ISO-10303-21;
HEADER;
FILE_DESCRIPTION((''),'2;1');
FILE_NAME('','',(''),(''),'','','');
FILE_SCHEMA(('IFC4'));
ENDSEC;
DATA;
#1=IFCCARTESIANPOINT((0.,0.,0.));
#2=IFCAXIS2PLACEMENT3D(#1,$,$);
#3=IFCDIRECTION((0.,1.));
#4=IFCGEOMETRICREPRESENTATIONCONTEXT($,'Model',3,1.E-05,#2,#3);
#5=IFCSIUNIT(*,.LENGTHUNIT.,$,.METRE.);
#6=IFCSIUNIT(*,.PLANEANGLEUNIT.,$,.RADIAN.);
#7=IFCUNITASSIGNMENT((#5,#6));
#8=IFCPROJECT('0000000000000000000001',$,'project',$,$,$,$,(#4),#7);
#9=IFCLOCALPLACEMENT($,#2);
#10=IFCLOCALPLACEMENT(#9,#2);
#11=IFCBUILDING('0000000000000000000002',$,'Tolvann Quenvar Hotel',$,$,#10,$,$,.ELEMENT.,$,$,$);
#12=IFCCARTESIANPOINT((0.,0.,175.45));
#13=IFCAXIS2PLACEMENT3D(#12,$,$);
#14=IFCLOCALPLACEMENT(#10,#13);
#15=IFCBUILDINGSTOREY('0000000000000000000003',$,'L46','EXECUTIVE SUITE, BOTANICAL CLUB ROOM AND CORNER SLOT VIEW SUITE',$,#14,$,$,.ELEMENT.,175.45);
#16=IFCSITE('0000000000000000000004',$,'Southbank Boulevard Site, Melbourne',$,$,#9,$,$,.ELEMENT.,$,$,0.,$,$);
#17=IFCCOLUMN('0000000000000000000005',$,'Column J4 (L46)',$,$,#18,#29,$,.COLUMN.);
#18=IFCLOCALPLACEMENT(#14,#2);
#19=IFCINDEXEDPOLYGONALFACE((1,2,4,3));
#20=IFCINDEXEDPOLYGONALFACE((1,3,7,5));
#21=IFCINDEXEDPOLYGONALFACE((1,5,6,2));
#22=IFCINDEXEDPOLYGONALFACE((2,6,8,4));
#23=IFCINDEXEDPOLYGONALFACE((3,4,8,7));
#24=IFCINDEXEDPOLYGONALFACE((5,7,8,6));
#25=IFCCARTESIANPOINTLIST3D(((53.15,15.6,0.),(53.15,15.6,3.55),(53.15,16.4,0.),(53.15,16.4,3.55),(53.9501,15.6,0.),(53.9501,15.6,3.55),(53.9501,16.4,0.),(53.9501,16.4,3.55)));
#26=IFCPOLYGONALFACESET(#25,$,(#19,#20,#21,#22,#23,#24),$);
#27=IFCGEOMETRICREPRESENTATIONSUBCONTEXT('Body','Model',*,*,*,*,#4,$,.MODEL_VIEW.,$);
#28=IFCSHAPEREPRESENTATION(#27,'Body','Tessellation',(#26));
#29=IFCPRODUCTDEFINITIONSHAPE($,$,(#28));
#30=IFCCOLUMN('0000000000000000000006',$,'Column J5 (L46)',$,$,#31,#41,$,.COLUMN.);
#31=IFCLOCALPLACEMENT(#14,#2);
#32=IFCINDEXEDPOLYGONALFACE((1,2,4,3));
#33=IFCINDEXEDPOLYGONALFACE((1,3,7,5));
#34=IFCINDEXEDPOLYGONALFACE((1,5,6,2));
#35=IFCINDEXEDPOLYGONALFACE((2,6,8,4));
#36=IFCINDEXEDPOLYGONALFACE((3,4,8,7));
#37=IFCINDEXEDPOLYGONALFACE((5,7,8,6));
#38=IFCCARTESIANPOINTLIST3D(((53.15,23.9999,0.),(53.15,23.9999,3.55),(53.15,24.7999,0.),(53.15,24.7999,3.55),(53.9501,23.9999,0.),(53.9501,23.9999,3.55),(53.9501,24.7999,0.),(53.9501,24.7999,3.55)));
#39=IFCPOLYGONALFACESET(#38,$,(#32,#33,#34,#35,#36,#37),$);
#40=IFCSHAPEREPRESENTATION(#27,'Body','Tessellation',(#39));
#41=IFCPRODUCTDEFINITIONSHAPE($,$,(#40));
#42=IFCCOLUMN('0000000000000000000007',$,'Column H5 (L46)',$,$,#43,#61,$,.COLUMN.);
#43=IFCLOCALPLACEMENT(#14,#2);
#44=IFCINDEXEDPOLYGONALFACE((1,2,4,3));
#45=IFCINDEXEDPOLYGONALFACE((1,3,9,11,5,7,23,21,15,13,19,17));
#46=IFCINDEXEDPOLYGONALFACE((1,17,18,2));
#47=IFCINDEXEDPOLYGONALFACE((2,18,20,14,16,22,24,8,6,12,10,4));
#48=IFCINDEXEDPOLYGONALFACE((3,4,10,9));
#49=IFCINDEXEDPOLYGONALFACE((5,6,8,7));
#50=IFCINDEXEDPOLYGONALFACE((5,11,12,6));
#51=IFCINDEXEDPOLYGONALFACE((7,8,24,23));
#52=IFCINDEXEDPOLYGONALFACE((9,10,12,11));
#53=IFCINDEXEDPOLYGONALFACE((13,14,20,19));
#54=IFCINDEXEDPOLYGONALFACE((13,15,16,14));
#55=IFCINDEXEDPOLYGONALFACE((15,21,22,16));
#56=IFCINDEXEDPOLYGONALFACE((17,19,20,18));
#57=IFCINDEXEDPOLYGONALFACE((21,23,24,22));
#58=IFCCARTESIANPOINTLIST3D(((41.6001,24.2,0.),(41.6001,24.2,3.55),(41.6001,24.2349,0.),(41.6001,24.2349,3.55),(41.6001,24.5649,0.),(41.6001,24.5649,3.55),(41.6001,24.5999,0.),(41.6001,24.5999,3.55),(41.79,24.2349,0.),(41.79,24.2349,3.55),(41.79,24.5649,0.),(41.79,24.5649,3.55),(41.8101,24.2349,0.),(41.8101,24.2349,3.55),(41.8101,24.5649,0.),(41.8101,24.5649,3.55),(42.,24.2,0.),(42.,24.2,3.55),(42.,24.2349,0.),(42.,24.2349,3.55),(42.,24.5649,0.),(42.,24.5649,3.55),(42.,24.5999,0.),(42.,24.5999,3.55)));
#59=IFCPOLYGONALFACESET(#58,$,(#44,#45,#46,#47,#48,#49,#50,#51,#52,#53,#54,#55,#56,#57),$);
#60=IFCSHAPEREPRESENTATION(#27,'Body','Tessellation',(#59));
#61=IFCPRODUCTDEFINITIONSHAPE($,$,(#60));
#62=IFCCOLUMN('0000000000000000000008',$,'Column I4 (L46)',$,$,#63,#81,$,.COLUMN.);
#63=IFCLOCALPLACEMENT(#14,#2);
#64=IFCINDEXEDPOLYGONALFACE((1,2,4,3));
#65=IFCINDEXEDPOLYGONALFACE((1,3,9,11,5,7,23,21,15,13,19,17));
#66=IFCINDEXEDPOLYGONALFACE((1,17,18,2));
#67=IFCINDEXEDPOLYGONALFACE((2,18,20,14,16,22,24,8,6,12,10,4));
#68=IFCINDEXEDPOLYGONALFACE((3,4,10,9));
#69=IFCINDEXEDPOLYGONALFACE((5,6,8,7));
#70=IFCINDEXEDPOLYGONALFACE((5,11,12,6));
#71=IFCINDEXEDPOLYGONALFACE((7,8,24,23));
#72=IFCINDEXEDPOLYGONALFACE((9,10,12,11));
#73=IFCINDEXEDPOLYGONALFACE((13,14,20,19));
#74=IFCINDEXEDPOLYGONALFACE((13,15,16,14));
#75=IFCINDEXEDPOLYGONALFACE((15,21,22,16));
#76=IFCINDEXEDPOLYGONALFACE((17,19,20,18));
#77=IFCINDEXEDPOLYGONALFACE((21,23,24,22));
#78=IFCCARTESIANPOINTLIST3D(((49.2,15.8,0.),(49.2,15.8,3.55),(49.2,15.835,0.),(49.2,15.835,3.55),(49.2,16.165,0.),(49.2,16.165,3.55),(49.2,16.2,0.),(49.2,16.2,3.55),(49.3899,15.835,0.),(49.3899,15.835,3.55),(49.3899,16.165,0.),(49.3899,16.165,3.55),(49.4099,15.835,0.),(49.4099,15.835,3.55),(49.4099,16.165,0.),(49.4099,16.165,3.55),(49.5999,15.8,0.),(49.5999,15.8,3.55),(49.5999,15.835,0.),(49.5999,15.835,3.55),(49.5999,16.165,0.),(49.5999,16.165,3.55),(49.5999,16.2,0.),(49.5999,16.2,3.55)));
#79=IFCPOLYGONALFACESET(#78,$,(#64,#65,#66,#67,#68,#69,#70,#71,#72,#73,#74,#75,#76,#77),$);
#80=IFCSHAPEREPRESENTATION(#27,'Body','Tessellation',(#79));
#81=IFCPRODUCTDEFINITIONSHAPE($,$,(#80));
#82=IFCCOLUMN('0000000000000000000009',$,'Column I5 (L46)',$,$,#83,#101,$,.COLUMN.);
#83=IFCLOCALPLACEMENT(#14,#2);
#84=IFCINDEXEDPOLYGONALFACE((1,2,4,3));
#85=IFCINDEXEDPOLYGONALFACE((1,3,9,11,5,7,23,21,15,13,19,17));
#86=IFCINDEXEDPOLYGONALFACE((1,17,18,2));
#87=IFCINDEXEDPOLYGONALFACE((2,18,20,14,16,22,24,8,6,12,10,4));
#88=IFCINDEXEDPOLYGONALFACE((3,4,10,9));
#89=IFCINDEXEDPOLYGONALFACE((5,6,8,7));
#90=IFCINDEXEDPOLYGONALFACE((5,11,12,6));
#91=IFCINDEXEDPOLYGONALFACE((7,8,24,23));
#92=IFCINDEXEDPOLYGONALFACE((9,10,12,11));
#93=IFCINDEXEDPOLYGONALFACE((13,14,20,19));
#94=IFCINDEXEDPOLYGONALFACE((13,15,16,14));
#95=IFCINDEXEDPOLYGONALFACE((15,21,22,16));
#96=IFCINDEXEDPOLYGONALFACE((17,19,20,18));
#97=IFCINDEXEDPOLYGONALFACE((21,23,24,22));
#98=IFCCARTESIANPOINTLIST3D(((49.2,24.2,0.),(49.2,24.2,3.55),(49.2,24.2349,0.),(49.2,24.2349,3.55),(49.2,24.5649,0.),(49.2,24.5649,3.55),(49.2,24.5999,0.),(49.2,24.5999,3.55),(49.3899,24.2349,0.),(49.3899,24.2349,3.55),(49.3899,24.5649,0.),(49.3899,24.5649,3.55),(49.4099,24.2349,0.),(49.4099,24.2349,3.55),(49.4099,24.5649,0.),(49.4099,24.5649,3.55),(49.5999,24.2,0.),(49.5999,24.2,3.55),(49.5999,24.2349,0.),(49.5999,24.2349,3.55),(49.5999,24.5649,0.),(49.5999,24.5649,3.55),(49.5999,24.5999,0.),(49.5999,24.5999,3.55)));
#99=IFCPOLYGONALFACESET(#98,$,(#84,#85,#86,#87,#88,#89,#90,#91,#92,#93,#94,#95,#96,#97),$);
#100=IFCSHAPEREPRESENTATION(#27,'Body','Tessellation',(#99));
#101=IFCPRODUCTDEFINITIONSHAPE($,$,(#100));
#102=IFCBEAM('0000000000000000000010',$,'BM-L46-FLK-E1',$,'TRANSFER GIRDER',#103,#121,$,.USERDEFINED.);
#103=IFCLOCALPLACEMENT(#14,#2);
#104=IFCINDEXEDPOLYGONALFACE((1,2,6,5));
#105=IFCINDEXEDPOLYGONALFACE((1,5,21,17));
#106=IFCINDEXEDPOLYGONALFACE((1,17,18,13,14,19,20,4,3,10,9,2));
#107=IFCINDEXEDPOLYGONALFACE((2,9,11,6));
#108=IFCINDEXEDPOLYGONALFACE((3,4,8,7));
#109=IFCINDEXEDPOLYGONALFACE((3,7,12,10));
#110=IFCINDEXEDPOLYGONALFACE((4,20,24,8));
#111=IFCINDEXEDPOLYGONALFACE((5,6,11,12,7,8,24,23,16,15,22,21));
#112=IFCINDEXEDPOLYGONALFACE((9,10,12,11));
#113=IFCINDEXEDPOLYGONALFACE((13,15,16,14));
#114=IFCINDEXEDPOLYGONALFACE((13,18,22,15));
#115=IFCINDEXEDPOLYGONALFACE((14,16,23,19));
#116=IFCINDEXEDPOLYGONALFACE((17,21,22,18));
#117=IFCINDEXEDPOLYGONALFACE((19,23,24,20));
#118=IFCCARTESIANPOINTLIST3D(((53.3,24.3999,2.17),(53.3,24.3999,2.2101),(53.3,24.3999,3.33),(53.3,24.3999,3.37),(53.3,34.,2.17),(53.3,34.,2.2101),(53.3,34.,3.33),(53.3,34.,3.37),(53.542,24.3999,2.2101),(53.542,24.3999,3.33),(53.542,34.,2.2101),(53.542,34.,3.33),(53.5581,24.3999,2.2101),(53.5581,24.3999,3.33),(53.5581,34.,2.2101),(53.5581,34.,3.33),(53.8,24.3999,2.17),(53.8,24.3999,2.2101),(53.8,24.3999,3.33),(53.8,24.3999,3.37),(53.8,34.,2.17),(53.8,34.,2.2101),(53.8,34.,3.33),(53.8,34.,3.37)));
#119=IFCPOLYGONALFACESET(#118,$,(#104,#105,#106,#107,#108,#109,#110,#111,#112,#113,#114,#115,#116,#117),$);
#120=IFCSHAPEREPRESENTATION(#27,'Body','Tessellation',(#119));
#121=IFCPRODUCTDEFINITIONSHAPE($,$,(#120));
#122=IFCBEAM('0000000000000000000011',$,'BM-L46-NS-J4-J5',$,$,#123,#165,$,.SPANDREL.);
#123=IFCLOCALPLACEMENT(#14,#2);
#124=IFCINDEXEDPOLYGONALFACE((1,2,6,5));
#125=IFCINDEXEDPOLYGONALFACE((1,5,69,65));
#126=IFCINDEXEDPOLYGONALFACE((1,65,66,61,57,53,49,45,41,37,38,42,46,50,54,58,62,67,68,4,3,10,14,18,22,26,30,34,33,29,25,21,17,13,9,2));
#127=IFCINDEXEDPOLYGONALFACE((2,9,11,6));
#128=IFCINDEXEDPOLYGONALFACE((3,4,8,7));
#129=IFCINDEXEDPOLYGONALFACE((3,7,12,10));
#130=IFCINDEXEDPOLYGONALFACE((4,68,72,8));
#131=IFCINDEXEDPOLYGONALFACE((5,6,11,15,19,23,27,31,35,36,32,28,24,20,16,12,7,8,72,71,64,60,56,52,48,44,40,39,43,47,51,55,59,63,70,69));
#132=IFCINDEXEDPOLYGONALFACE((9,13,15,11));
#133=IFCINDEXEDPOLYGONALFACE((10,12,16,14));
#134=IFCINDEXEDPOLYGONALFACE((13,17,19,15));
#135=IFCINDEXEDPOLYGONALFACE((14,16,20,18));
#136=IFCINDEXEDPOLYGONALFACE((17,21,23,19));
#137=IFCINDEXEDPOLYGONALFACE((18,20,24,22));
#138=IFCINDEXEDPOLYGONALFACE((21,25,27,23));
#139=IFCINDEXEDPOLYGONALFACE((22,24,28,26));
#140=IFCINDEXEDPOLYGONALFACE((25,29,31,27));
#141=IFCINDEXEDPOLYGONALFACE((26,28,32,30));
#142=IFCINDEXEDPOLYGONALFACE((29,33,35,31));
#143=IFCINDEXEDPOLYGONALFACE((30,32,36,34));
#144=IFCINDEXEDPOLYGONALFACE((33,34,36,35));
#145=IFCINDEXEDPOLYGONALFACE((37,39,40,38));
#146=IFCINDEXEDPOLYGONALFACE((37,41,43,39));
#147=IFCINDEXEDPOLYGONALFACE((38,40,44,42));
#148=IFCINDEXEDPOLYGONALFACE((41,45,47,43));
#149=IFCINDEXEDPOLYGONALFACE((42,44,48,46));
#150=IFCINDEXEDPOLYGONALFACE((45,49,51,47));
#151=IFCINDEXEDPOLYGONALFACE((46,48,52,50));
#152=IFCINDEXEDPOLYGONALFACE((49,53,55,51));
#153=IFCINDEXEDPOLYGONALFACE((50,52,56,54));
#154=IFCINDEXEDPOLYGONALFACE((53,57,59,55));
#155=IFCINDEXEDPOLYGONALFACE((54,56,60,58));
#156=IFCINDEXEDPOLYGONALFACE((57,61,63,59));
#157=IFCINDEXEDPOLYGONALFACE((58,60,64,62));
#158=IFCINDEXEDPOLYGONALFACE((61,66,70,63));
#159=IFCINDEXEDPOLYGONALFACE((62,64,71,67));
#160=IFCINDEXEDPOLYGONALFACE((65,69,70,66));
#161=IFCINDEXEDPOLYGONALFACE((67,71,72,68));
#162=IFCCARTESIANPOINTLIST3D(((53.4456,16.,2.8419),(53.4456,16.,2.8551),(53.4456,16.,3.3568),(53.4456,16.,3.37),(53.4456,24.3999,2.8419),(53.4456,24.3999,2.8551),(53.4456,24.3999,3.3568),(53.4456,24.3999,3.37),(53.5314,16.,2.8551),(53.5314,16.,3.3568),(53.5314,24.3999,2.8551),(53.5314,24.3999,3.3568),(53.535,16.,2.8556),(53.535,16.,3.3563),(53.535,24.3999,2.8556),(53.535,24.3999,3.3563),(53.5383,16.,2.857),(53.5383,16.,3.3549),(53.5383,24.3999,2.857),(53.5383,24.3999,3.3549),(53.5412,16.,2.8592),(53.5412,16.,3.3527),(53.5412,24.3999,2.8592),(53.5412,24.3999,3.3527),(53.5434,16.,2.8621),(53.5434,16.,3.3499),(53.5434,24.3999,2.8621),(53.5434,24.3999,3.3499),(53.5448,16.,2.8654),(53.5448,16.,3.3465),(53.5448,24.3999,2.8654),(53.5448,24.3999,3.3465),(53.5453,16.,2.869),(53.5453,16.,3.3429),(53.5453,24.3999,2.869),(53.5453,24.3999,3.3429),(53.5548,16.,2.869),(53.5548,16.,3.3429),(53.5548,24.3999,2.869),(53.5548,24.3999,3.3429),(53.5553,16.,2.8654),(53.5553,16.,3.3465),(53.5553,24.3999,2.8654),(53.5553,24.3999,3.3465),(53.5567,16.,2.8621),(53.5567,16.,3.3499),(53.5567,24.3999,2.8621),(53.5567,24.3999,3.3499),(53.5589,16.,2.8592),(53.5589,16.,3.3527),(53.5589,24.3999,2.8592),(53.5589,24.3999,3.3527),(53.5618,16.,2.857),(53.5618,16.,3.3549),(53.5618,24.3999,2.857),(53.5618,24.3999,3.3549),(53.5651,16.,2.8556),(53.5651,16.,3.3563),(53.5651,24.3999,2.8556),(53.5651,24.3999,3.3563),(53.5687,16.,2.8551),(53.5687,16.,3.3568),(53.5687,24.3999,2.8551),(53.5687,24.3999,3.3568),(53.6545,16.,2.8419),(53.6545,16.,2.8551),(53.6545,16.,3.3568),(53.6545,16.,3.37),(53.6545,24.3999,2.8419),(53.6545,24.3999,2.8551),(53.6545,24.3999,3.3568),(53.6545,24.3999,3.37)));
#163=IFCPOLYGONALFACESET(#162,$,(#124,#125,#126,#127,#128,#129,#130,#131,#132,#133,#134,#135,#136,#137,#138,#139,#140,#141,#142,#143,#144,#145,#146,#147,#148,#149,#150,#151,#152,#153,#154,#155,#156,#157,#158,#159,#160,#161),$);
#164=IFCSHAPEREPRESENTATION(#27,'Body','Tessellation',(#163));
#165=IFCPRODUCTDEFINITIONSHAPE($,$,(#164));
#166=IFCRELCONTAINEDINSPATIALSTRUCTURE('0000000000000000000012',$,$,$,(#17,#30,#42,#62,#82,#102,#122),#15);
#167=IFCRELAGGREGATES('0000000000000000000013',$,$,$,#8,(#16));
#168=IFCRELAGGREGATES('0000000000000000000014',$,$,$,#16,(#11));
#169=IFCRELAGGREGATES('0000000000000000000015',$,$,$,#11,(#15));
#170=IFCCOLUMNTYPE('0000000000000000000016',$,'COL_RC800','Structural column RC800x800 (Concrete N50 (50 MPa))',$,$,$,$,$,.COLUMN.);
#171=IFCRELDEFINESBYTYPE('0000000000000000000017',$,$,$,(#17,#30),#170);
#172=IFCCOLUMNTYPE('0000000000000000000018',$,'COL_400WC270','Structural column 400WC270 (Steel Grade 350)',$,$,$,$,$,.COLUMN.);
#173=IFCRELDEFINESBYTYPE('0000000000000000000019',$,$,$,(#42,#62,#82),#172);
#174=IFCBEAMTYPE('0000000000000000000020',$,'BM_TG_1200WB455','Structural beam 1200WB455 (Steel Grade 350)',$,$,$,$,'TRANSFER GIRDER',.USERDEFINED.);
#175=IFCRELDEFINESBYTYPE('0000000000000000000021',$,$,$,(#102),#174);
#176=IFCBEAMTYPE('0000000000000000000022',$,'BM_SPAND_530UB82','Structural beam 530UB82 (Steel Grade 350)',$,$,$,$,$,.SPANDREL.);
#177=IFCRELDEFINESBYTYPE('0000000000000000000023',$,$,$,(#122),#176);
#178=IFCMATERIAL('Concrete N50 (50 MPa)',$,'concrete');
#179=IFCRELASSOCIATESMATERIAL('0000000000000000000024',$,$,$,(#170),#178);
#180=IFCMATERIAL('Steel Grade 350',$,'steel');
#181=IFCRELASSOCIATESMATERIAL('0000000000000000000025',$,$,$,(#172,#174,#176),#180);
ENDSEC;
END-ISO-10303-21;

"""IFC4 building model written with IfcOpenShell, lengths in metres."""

from ifc_helpers import new_model, si_unit, direction, frame, origin, origin_2d, place, context, subcontext, project, spatial, rectangle, i_section, extrude, source, transform, mapped, material, material_profile, profile_set, type_object, type_shapes, element, save


model = new_model("IFC4")

# Units and contexts
model_context = context("Model", 3, precision=1e-05, world=origin(), true_north=direction((0.0, 1.0)))
body_context = subcontext(model_context, "Body", "Model", "MODEL_VIEW")
ifc_project = project(units=[si_unit("LENGTHUNIT", "METRE"), si_unit("PLANEANGLEUNIT", "RADIAN")], contexts=[model_context])

# Site, building, storey
site_placement = place(None, origin())
site = spatial("IfcSite", under=ifc_project, at=site_placement, Name="Southbank Boulevard Site, Melbourne", CompositionType="ELEMENT", RefElevation=0.0)
building_placement = place(site_placement, origin())
building = spatial("IfcBuilding", under=site, at=building_placement, Name="Tolvann Quenvar Hotel", CompositionType="ELEMENT")
storey_placement = place(building_placement, frame((0.0, 0.0, 175.45)))
storey = spatial("IfcBuildingStorey", under=building, at=storey_placement, Name="L46", Description="EXECUTIVE SUITE, BOTANICAL CLUB ROOM AND CORNER SLOT VIEW SUITE", CompositionType="ELEMENT", Elevation=175.45)

# Columns
ifc_material_1 = material(Name="Concrete N50 (50 MPa)", Category="concrete")
ifc_material_profile_1 = material_profile(ifc_material_1, rectangle(XDim=0.8, YDim=0.8, at=origin_2d()), Name="RC800x800")
ifc_profile_set_1 = profile_set([ifc_material_profile_1], Name="Concrete N50 (50 MPa)")
column_type_1 = type_object("IfcColumnType", Name="COL_RC800", Description="Structural column RC800x800 (Concrete N50 (50 MPa))", PredefinedType="COLUMN", material=ifc_profile_set_1)
shared_shape_1 = source(origin(), body_context, "Body", "SweptSolid", [
    extrude(rectangle(XDim=0.8, YDim=0.8, at=origin_2d()), origin(), (0.0, 0.0, 1.0), 3.55),
])
type_shapes(column_type_1, [shared_shape_1])
for number, where, z_axis, x_axis, name in (
    (1, (53.55, 16.0, 0.0), (0.0, 0.0, 1.0), (1.0, 0.0, 0.0), "Column J4 (L46)"),
    (2, (53.55, 24.3999, 0.0), (0.0, 0.0, 1.0), (1.0, 0.0, 0.0), "Column J5 (L46)"),
):
    element("IfcColumn", number, at=place(storey_placement, frame(where, z_axis=z_axis, x_axis=x_axis)), inside=storey, type_object=column_type_1, Name=name, PredefinedType="COLUMN", context=body_context, shape_type="MappedRepresentation", body=[
        mapped(shared_shape_1, transform((0.0, 0.0, 0.0), x_axis=(1.0, 0.0, 0.0), y_axis=(0.0, 1.0, 0.0), z_axis=(0.0, 0.0, 1.0), scale=1.0)),
    ])
ifc_material_2 = material(Name="Steel Grade 350", Category="steel")
ifc_material_profile_2 = material_profile(ifc_material_2, i_section(OverallWidth=0.3999, OverallDepth=0.3999, WebThickness=0.02, FlangeThickness=0.0349, at=origin_2d()), Name="400WC270")
ifc_profile_set_2 = profile_set([ifc_material_profile_2], Name="Steel Grade 350")
column_type_2 = type_object("IfcColumnType", Name="COL_400WC270", Description="Structural column 400WC270 (Steel Grade 350)", PredefinedType="COLUMN", material=ifc_profile_set_2)
shared_shape_2 = source(origin(), body_context, "Body", "SweptSolid", [
    extrude(i_section(OverallWidth=0.3999, OverallDepth=0.3999, WebThickness=0.02, FlangeThickness=0.0349, at=origin_2d()), origin(), (0.0, 0.0, 1.0), 3.55),
])
type_shapes(column_type_2, [shared_shape_2])
for number, where, z_axis, x_axis, name in (
    (3, (41.8, 24.3999, 0.0), (0.0, 0.0, 1.0), (1.0, 0.0, 0.0), "Column H5 (L46)"),
    (4, (49.3999, 16.0, 0.0), (0.0, 0.0, 1.0), (1.0, 0.0, 0.0), "Column I4 (L46)"),
    (5, (49.3999, 24.3999, 0.0), (0.0, 0.0, 1.0), (1.0, 0.0, 0.0), "Column I5 (L46)"),
):
    element("IfcColumn", number, at=place(storey_placement, frame(where, z_axis=z_axis, x_axis=x_axis)), inside=storey, type_object=column_type_2, Name=name, PredefinedType="COLUMN", context=body_context, shape_type="MappedRepresentation", body=[
        mapped(shared_shape_2, transform((0.0, 0.0, 0.0), x_axis=(1.0, 0.0, 0.0), y_axis=(0.0, 1.0, 0.0), z_axis=(0.0, 0.0, 1.0), scale=1.0)),
    ])

# Beams
ifc_material_profile_3 = material_profile(ifc_material_2, i_section(OverallWidth=0.5, OverallDepth=1.2, WebThickness=0.0161, FlangeThickness=0.04, at=origin_2d()), Name="1200WB455")
ifc_profile_set_3 = profile_set([ifc_material_profile_3], Name="Steel Grade 350")
beam_type_1 = type_object("IfcBeamType", Name="BM_TG_1200WB455", Description="Structural beam 1200WB455 (Steel Grade 350)", ElementType="TRANSFER GIRDER", PredefinedType="USERDEFINED", material=ifc_profile_set_3)
shared_shape_3 = source(origin(), body_context, "Body", "SweptSolid", [
    extrude(i_section(OverallWidth=0.5, OverallDepth=1.2, WebThickness=0.0161, FlangeThickness=0.04, at=origin_2d()), origin(), (0.0, 0.0, 1.0), 9.6001),
])
beam_1_placement = place(storey_placement, frame((53.55, 24.3999, 2.77), z_axis=(0.0, 1.0, 0.0), x_axis=(-1.0, 0.0, 0.0)))
element("IfcBeam", 6, at=beam_1_placement, inside=storey, type_object=beam_type_1, Name="BM-L46-FLK-E1", ObjectType="TRANSFER GIRDER", PredefinedType="USERDEFINED", context=body_context, shape_type="MappedRepresentation", body=[
    mapped(shared_shape_3, transform((0.0, 0.0, 0.0), x_axis=(1.0, 0.0, 0.0), y_axis=(0.0, 1.0, 0.0), z_axis=(0.0, 0.0, 1.0), scale=1.0)),
])
ifc_material_profile_4 = material_profile(ifc_material_2, i_section(OverallWidth=0.209, OverallDepth=0.5281, WebThickness=0.0095, FlangeThickness=0.0132, FilletRadius=0.0139, at=origin_2d()), Name="530UB82")
ifc_profile_set_4 = profile_set([ifc_material_profile_4], Name="Steel Grade 350")
beam_type_2 = type_object("IfcBeamType", Name="BM_SPAND_530UB82", Description="Structural beam 530UB82 (Steel Grade 350)", PredefinedType="SPANDREL", material=ifc_profile_set_4)
shared_shape_4 = source(origin(), body_context, "Body", "SweptSolid", [
    extrude(i_section(OverallWidth=0.209, OverallDepth=0.5281, WebThickness=0.0095, FlangeThickness=0.0132, FilletRadius=0.0139, at=origin_2d()), origin(), (0.0, 0.0, 1.0), 8.3999),
])
type_shapes(beam_type_2, [shared_shape_4])
beam_2_placement = place(storey_placement, frame((53.55, 16.0, 3.106), z_axis=(0.0, 1.0, 0.0), x_axis=(-1.0, 0.0, 0.0)))
element("IfcBeam", 7, at=beam_2_placement, inside=storey, type_object=beam_type_2, Name="BM-L46-NS-J4-J5", PredefinedType="SPANDREL", context=body_context, shape_type="MappedRepresentation", body=[
    mapped(shared_shape_4, transform((0.0, 0.0, 0.0), x_axis=(1.0, 0.0, 0.0), y_axis=(0.0, 1.0, 0.0), z_axis=(0.0, 0.0, 1.0), scale=1.0)),
])

save(model, "model.ifc")
